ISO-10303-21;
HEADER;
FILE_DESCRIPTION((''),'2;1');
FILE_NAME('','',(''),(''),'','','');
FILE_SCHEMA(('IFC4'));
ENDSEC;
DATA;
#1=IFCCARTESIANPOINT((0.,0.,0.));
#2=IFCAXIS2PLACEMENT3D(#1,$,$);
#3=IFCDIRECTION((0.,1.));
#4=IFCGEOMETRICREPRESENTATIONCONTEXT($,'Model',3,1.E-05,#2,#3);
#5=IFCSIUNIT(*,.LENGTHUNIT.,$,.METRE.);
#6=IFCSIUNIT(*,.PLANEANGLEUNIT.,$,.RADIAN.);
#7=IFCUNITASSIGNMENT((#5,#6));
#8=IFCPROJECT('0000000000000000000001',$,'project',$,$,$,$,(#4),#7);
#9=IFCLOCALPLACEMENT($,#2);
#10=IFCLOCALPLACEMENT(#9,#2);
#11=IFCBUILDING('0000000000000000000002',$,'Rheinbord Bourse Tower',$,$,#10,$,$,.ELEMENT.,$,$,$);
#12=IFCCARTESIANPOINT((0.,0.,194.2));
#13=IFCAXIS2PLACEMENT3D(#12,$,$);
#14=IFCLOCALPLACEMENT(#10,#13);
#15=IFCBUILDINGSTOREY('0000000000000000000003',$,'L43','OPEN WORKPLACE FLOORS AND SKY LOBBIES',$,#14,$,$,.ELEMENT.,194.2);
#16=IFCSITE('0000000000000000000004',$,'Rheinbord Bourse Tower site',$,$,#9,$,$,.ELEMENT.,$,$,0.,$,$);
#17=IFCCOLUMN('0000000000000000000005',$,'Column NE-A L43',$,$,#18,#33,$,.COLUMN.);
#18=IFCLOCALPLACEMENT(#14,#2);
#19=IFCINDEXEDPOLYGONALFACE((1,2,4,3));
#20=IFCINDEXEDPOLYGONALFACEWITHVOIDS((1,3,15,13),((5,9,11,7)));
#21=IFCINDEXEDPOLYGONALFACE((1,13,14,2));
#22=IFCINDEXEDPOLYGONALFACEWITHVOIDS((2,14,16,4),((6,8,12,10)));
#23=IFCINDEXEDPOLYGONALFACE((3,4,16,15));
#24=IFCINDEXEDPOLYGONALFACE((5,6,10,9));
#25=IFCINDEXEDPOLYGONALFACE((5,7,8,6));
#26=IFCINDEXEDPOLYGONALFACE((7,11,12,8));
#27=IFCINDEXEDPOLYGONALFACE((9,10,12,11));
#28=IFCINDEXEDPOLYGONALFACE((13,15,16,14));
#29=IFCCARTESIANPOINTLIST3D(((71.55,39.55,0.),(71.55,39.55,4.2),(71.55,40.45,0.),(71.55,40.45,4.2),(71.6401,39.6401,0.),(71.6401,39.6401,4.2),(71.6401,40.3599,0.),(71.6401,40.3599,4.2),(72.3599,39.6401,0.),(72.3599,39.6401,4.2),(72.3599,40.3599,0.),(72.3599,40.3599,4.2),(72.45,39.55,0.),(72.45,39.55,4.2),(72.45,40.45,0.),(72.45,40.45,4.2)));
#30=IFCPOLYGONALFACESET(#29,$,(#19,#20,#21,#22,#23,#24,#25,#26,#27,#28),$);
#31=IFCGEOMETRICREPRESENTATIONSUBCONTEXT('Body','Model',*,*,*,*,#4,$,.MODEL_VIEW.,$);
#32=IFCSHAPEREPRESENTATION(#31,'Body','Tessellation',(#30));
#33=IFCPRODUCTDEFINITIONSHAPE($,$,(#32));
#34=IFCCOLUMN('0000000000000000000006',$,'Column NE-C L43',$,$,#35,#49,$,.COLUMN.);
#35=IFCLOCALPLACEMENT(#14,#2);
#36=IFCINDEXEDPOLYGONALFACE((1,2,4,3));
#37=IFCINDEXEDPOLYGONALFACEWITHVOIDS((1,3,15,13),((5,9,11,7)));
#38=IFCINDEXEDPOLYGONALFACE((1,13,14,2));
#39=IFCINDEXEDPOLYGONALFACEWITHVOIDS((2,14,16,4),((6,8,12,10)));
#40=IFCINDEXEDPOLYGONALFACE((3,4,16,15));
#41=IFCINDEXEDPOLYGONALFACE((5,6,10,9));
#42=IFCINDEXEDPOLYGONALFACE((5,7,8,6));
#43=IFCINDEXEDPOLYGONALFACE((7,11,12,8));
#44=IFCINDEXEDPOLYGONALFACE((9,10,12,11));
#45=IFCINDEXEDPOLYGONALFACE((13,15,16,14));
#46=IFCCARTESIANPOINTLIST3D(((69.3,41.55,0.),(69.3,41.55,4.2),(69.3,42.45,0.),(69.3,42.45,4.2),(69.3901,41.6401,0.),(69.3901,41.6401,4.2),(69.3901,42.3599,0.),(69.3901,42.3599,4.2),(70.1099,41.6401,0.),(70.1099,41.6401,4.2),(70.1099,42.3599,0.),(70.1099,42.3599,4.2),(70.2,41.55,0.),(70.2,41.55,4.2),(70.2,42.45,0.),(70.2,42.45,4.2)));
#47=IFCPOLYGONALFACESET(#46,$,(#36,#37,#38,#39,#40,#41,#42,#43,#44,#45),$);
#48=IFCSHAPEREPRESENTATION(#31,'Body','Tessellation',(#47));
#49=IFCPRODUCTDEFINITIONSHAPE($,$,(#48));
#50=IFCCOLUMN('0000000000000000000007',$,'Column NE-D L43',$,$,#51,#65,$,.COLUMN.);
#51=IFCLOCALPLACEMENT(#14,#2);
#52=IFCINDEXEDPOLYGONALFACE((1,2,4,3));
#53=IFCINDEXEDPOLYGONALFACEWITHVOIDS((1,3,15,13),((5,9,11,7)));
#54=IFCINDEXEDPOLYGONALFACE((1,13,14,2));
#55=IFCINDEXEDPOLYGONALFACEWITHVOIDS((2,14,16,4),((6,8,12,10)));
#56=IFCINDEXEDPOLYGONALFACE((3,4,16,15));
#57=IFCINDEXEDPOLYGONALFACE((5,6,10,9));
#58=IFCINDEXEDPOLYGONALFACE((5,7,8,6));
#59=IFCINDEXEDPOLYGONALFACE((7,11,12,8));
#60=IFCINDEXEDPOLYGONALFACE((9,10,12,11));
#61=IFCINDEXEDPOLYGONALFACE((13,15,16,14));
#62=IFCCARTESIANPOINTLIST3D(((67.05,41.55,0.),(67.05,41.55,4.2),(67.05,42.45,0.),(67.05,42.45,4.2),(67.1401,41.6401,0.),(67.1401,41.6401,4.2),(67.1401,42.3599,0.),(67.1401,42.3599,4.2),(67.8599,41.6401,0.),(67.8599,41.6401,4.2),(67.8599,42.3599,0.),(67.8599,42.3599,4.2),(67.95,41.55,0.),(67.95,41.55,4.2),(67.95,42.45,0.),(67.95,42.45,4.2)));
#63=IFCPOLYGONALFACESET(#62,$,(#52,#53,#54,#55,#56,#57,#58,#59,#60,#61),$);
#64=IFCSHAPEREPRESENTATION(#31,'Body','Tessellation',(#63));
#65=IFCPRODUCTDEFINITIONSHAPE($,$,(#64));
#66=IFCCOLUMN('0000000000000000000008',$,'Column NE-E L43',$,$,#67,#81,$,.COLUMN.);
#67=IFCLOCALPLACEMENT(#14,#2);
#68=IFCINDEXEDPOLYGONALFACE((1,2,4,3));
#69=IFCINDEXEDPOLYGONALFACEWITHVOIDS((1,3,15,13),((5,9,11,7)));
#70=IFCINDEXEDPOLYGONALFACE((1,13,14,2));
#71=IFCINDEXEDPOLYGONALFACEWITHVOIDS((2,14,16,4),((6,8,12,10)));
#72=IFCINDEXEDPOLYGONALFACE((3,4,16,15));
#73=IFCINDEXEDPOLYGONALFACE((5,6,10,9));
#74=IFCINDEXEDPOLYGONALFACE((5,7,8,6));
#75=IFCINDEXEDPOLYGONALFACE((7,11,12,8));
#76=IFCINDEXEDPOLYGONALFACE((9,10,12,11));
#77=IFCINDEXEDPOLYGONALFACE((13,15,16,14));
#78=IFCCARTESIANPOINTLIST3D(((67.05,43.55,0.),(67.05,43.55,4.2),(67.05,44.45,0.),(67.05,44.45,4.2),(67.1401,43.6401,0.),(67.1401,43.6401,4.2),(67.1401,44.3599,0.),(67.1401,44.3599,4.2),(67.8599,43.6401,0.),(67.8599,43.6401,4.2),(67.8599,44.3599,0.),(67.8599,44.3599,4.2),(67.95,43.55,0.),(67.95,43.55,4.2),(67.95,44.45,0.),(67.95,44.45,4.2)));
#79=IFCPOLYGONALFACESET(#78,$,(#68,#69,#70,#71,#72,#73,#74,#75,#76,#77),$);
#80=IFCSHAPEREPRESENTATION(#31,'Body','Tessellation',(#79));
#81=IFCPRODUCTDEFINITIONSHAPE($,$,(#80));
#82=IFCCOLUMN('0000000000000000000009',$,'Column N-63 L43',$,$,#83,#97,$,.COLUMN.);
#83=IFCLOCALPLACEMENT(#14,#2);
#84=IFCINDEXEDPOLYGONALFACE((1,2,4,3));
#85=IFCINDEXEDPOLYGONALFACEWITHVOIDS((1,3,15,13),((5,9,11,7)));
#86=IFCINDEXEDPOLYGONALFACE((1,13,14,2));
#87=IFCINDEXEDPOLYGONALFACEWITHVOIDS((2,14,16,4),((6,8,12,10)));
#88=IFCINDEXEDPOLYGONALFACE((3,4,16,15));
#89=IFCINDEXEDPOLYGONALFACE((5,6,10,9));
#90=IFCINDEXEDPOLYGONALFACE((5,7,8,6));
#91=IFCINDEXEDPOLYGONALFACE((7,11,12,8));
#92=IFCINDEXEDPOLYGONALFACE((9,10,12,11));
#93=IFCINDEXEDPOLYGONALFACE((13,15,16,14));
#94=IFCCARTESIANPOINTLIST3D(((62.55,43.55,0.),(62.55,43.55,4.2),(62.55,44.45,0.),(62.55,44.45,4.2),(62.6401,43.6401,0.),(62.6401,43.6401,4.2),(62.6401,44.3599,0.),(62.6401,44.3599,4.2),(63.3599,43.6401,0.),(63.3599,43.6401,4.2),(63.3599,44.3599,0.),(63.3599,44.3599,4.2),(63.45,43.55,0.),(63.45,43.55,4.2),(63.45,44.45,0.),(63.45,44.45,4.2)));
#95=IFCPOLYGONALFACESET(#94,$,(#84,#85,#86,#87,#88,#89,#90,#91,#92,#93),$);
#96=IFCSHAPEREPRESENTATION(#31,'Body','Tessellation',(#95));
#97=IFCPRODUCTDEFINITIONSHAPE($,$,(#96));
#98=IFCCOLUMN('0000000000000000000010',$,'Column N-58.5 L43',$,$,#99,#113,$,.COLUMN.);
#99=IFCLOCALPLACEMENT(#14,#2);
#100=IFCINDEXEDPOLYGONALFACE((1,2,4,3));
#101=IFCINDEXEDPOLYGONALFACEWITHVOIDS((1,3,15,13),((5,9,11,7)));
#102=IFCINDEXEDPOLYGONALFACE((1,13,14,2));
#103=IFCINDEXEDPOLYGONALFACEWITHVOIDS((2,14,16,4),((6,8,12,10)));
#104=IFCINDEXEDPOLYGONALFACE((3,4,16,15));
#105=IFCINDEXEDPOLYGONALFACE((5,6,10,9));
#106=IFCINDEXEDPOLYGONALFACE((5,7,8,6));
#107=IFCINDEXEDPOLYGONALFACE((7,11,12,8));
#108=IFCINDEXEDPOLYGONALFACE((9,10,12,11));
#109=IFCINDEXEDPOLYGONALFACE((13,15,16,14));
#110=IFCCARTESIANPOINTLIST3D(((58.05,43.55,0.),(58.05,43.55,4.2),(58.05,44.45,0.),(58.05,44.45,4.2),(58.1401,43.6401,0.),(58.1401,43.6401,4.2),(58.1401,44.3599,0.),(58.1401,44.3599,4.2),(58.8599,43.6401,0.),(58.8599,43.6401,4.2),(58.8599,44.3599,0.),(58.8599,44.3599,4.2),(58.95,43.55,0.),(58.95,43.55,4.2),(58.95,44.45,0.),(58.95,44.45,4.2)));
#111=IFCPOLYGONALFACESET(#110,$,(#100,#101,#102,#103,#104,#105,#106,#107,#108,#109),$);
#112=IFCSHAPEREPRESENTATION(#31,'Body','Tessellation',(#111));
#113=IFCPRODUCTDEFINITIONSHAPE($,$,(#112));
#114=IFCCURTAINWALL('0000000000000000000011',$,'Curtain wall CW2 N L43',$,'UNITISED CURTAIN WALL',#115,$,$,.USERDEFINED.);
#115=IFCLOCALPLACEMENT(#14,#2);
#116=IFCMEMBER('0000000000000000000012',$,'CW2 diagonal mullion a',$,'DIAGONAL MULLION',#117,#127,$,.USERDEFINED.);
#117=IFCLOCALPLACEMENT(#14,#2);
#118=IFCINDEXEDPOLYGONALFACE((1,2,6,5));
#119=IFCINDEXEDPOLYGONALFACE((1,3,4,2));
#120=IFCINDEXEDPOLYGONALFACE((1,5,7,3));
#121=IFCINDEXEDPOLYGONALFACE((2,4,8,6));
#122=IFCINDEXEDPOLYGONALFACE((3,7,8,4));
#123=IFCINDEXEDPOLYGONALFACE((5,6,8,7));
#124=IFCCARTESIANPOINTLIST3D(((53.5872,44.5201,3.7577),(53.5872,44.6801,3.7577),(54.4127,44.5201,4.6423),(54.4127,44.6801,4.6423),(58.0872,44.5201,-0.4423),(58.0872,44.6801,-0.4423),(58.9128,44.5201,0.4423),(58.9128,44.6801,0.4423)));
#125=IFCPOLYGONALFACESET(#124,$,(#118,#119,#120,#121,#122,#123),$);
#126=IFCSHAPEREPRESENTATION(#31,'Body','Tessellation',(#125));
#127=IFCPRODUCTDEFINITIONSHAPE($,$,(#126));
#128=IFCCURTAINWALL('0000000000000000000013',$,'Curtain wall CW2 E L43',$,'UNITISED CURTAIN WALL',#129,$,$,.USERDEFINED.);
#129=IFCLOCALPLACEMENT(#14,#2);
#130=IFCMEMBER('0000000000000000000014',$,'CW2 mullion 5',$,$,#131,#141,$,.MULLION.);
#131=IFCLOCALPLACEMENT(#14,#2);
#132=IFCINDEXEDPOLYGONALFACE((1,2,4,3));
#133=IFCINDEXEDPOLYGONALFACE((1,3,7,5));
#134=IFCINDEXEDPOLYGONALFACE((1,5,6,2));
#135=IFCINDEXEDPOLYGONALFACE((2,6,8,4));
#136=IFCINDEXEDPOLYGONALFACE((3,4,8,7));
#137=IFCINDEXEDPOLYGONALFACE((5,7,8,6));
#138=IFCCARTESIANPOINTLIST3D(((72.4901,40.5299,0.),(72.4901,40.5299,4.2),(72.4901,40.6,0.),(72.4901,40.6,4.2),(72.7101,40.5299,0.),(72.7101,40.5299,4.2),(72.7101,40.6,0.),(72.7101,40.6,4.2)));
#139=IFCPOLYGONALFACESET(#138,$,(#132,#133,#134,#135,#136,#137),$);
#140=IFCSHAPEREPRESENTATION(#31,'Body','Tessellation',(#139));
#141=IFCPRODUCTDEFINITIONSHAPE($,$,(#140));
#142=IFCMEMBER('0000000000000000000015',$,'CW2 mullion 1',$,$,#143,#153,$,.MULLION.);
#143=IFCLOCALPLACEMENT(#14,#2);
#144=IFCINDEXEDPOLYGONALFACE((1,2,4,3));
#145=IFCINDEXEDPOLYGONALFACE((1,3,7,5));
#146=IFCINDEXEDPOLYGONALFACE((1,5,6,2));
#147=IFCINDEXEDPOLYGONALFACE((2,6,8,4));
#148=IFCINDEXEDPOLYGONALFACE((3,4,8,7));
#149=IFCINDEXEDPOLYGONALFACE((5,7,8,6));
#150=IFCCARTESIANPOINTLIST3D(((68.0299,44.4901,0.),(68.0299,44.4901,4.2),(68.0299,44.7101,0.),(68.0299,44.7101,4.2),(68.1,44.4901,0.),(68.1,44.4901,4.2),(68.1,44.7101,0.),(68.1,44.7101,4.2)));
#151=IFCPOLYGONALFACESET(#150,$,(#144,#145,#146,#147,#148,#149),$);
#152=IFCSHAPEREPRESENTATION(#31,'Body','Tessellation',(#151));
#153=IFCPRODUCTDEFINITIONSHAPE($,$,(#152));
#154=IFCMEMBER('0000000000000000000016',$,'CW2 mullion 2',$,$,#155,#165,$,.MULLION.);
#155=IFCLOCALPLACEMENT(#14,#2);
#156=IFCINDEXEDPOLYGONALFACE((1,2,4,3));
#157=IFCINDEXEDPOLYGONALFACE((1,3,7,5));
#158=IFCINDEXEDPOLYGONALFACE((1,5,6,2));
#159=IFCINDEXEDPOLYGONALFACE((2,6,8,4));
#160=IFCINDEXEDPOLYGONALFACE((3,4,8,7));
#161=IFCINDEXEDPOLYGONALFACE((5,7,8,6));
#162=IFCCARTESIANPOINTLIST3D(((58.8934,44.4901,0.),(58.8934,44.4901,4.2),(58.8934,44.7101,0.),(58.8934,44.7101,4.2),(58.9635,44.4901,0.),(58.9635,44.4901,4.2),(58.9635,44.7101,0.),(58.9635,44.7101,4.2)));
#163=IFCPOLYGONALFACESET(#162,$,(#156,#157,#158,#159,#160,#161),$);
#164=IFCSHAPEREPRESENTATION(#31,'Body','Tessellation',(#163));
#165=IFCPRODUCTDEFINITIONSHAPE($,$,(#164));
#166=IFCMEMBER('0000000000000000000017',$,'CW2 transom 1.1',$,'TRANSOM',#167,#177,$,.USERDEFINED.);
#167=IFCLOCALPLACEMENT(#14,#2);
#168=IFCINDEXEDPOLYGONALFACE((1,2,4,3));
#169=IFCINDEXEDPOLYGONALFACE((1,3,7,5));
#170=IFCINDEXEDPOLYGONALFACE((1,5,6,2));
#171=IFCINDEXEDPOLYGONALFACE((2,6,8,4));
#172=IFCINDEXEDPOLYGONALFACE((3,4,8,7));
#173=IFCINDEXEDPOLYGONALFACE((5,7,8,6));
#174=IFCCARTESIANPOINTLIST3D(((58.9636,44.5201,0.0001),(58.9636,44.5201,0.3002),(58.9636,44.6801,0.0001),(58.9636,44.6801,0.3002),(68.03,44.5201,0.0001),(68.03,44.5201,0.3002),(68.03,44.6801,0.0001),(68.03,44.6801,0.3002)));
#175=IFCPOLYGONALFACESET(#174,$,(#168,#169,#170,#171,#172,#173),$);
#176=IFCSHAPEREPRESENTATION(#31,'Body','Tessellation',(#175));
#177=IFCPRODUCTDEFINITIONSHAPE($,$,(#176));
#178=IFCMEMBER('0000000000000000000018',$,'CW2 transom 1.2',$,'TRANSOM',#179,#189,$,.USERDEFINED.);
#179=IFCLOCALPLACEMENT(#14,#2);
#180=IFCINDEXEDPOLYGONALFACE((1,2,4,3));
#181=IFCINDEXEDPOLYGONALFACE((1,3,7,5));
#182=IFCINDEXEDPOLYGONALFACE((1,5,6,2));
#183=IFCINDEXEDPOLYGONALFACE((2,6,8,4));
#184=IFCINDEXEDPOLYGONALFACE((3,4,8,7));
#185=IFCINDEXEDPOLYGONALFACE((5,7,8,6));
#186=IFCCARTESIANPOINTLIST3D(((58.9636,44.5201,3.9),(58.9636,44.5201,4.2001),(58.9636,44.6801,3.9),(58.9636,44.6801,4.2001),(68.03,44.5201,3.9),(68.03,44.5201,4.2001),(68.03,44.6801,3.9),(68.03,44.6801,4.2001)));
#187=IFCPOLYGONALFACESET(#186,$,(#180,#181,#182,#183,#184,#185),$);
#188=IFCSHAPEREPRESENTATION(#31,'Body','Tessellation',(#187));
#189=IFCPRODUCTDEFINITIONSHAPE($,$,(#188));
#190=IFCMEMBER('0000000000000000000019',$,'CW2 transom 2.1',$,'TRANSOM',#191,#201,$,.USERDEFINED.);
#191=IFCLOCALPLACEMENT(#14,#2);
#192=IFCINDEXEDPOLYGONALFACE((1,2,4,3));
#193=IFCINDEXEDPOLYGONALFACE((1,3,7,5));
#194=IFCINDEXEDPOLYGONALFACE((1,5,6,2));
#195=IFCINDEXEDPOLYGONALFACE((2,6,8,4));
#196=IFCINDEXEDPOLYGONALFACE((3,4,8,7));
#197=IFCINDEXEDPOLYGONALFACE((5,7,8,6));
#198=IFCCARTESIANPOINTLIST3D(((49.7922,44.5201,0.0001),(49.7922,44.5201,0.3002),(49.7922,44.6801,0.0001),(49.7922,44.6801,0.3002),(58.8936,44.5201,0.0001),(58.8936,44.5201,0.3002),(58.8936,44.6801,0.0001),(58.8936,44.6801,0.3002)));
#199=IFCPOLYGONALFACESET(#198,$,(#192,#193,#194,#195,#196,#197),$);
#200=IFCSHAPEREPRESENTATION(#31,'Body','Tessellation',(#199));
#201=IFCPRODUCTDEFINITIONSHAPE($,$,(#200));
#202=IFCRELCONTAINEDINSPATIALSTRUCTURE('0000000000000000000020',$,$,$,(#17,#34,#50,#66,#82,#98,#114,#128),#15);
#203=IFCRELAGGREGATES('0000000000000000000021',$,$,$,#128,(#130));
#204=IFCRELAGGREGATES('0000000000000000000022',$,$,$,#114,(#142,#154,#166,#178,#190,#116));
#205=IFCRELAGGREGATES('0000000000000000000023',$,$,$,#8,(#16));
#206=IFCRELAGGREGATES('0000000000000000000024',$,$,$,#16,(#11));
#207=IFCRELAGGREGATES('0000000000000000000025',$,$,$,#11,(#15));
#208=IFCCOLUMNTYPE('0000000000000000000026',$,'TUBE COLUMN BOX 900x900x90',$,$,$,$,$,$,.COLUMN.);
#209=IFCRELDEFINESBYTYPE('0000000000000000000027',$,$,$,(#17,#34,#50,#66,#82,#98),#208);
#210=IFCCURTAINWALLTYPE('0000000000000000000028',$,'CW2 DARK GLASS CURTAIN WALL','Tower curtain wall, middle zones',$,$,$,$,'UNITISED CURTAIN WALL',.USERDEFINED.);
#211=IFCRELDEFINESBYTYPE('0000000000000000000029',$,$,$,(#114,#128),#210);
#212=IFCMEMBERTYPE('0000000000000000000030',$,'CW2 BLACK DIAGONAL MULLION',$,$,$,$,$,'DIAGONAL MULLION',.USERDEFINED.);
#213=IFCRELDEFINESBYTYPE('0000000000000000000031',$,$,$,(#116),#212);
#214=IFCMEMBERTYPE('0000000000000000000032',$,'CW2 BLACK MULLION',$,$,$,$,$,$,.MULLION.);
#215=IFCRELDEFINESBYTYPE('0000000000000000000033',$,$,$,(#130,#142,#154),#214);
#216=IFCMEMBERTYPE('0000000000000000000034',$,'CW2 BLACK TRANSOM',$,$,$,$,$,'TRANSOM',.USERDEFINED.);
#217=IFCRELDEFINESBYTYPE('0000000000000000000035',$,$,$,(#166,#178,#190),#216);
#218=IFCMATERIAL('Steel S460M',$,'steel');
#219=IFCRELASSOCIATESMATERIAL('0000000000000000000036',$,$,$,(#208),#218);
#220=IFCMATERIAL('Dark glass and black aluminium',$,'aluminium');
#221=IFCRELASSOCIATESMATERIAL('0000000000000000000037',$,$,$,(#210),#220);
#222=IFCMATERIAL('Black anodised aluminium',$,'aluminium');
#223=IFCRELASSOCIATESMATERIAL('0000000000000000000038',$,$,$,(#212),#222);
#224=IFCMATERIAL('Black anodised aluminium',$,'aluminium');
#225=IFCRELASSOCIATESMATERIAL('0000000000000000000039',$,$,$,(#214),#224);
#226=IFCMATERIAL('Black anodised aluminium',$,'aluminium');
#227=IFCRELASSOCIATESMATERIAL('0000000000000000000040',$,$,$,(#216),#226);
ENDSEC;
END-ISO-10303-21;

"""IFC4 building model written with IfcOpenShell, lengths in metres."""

from ifc_helpers import new_model, si_unit, direction, frame, origin, origin_2d, place, context, subcontext, project, spatial, rectangle, hollow_rectangle, extrude, material, material_profile, profile_set, type_object, element, aggregate, save


model = new_model("IFC4")

# Units and contexts
model_context = context("Model", 3, precision=1e-05, world=origin(), true_north=direction((0.0, 1.0)))
body_context = subcontext(model_context, "Body", "Model", "MODEL_VIEW")
ifc_project = project(units=[si_unit("LENGTHUNIT", "METRE"), si_unit("PLANEANGLEUNIT", "RADIAN")], contexts=[model_context])

# Site, building, storey
site_placement = place(None, origin())
site = spatial("IfcSite", under=ifc_project, at=site_placement, Name="Rheinbord Bourse Tower site", CompositionType="ELEMENT", RefElevation=0.0)
building_placement = place(site_placement, origin())
building = spatial("IfcBuilding", under=site, at=building_placement, Name="Rheinbord Bourse Tower", CompositionType="ELEMENT")
storey_placement = place(building_placement, frame((0.0, 0.0, 194.2)))
storey = spatial("IfcBuildingStorey", under=building, at=storey_placement, Name="L43", Description="OPEN WORKPLACE FLOORS AND SKY LOBBIES", CompositionType="ELEMENT", Elevation=194.2)

# Columns
ifc_material_1 = material(Name="Steel S460M", Category="steel")
ifc_material_profile_1 = material_profile(ifc_material_1, hollow_rectangle(XDim=0.8999, YDim=0.8999, WallThickness=0.0901, at=origin_2d()), Name="BOX 900x900x90")
ifc_profile_set_1 = profile_set([ifc_material_profile_1], Name="Steel S460M")
column_type = type_object("IfcColumnType", Name="TUBE COLUMN BOX 900x900x90", PredefinedType="COLUMN", material=ifc_profile_set_1)
for number, where, z_axis, x_axis, name in (
    (1, (72.0, 40.0, 0.0), (0.0, 0.0, 1.0), (1.0, 0.0, 0.0), "Column NE-A L43"),
    (2, (69.75, 42.0, 0.0), (0.0, 0.0, 1.0), (1.0, 0.0, 0.0), "Column NE-C L43"),
    (3, (67.5, 42.0, 0.0), (0.0, 0.0, 1.0), (0.0, 1.0, 0.0), "Column NE-D L43"),
    (4, (67.5, 44.0, 0.0), (0.0, 0.0, 1.0), (0.0, 1.0, 0.0), "Column NE-E L43"),
    (5, (63.0, 44.0, 0.0), (0.0, 0.0, 1.0), (0.0, 1.0, 0.0), "Column N-63 L43"),
    (6, (58.5, 44.0, 0.0), (0.0, 0.0, 1.0), (0.0, 1.0, 0.0), "Column N-58.5 L43"),
):
    element("IfcColumn", number, at=place(storey_placement, frame(where, z_axis=z_axis, x_axis=x_axis)), inside=storey, type_object=column_type, Name=name, PredefinedType="COLUMN", context=body_context, shape_type="SweptSolid", body=[
        extrude(hollow_rectangle(XDim=0.8999, YDim=0.8999, WallThickness=0.0901, at=origin_2d()), origin(), (0.0, 0.0, 1.0), 4.2),
    ])

# Curtain walls, members
ifc_material_2 = material(Name="Dark glass and black aluminium", Category="aluminium")
curtain_wall_type = type_object("IfcCurtainWallType", Name="CW2 DARK GLASS CURTAIN WALL", Description="Tower curtain wall, middle zones", ElementType="UNITISED CURTAIN WALL", PredefinedType="USERDEFINED", material=ifc_material_2)
curtain_wall_1_placement = place(storey_placement, origin())
curtain_wall_1 = element("IfcCurtainWall", 7, at=curtain_wall_1_placement, inside=storey, type_object=curtain_wall_type, Name="Curtain wall CW2 N L43", ObjectType="UNITISED CURTAIN WALL", PredefinedType="USERDEFINED")
ifc_material_3 = material(Name="Black anodised aluminium", Category="aluminium")
ifc_material_profile_2 = material_profile(ifc_material_3, rectangle(XDim=0.1599, YDim=1.21, at=origin_2d()), Name="CW2 DIAGONAL MULLION 1210x160")
ifc_profile_set_2 = profile_set([ifc_material_profile_2], Name="Black anodised aluminium")
member_type_1 = type_object("IfcMemberType", Name="CW2 BLACK DIAGONAL MULLION", ElementType="DIAGONAL MULLION", PredefinedType="USERDEFINED", material=ifc_profile_set_2)
member_1_placement = place(storey_placement, frame((58.5, 44.6001, 0.0), z_axis=(-0.731059, 0.0, 0.682314), x_axis=(0.0, -1.0, 0.0)))
member_1 = element("IfcMember", 8, at=member_1_placement, type_object=member_type_1, Name="CW2 diagonal mullion a", ObjectType="DIAGONAL MULLION", PredefinedType="USERDEFINED", context=body_context, shape_type="SweptSolid", body=[
    extrude(rectangle(XDim=0.1599, YDim=1.21, at=origin_2d()), origin(), (0.0, 0.0, 1.0), 6.1555),
])
curtain_wall_2_placement = place(storey_placement, origin())
curtain_wall_2 = element("IfcCurtainWall", 9, at=curtain_wall_2_placement, inside=storey, type_object=curtain_wall_type, Name="Curtain wall CW2 E L43", ObjectType="UNITISED CURTAIN WALL", PredefinedType="USERDEFINED")
ifc_material_4 = material(Name="Black anodised aluminium", Category="aluminium")
ifc_material_profile_3 = material_profile(ifc_material_4, rectangle(XDim=0.22, YDim=0.0701, at=origin_2d()), Name="CW2 MULLION 70x220")
ifc_profile_set_3 = profile_set([ifc_material_profile_3], Name="Black anodised aluminium")
member_type_2 = type_object("IfcMemberType", Name="CW2 BLACK MULLION", PredefinedType="MULLION", material=ifc_profile_set_3)
member_2_placement = place(storey_placement, frame((72.6001, 40.5649, 0.0), z_axis=(0.0, 0.0, 1.0), x_axis=(-1.0, 0.0, 0.0)))
member_2 = element("IfcMember", 10, at=member_2_placement, type_object=member_type_2, Name="CW2 mullion 5", PredefinedType="MULLION", context=body_context, shape_type="SweptSolid", body=[
    extrude(rectangle(XDim=0.22, YDim=0.0701, at=origin_2d()), origin(), (0.0, 0.0, 1.0), 4.2),
])

# Members
member_3_placement = place(storey_placement, frame((68.0649, 44.6001, 0.0), z_axis=(0.0, 0.0, 1.0), x_axis=(0.0, -1.0, 0.0)))
member_3 = element("IfcMember", 11, at=member_3_placement, type_object=member_type_2, Name="CW2 mullion 1", PredefinedType="MULLION", context=body_context, shape_type="SweptSolid", body=[
    extrude(rectangle(XDim=0.22, YDim=0.0701, at=origin_2d()), origin(), (0.0, 0.0, 1.0), 4.2),
])
member_4_placement = place(storey_placement, frame((58.9285, 44.6001, 0.0), z_axis=(0.0, 0.0, 1.0), x_axis=(0.0, -1.0, 0.0)))
member_4 = element("IfcMember", 12, at=member_4_placement, type_object=member_type_2, Name="CW2 mullion 2", PredefinedType="MULLION", context=body_context, shape_type="SweptSolid", body=[
    extrude(rectangle(XDim=0.22, YDim=0.0701, at=origin_2d()), origin(), (0.0, 0.0, 1.0), 4.2),
])
ifc_material_5 = material(Name="Black anodised aluminium", Category="aluminium")
ifc_material_profile_4 = material_profile(ifc_material_5, rectangle(XDim=0.1599, YDim=0.3, at=origin_2d()), Name="CW2 TRANSOM 300x160")
ifc_profile_set_4 = profile_set([ifc_material_profile_4], Name="Black anodised aluminium")
member_type_3 = type_object("IfcMemberType", Name="CW2 BLACK TRANSOM", ElementType="TRANSOM", PredefinedType="USERDEFINED", material=ifc_profile_set_4)
member_5_placement = place(storey_placement, frame((68.03, 44.6001, 0.1501), z_axis=(-1.0, 0.0, 0.0), x_axis=(0.0, -1.0, 0.0)))
member_5 = element("IfcMember", 13, at=member_5_placement, type_object=member_type_3, Name="CW2 transom 1.1", ObjectType="TRANSOM", PredefinedType="USERDEFINED", context=body_context, shape_type="SweptSolid", body=[
    extrude(rectangle(XDim=0.1599, YDim=0.3, at=origin_2d()), origin(), (0.0, 0.0, 1.0), 9.0664),
])
member_6_placement = place(storey_placement, frame((68.03, 44.6001, 4.05), z_axis=(-1.0, 0.0, 0.0), x_axis=(0.0, -1.0, 0.0)))
member_6 = element("IfcMember", 14, at=member_6_placement, type_object=member_type_3, Name="CW2 transom 1.2", ObjectType="TRANSOM", PredefinedType="USERDEFINED", context=body_context, shape_type="SweptSolid", body=[
    extrude(rectangle(XDim=0.1599, YDim=0.3, at=origin_2d()), origin(), (0.0, 0.0, 1.0), 9.0664),
])
member_7_placement = place(storey_placement, frame((58.8936, 44.6001, 0.1501), z_axis=(-1.0, 0.0, 0.0), x_axis=(0.0, -1.0, 0.0)))
member_7 = element("IfcMember", 15, at=member_7_placement, type_object=member_type_3, Name="CW2 transom 2.1", ObjectType="TRANSOM", PredefinedType="USERDEFINED", context=body_context, shape_type="SweptSolid", body=[
    extrude(rectangle(XDim=0.1599, YDim=0.3, at=origin_2d()), origin(), (0.0, 0.0, 1.0), 9.1013),
])

aggregate(curtain_wall_2, [member_2])
aggregate(curtain_wall_1, [member_3, member_4, member_5, member_6, member_7, member_1])

save(model, "model.ifc")
